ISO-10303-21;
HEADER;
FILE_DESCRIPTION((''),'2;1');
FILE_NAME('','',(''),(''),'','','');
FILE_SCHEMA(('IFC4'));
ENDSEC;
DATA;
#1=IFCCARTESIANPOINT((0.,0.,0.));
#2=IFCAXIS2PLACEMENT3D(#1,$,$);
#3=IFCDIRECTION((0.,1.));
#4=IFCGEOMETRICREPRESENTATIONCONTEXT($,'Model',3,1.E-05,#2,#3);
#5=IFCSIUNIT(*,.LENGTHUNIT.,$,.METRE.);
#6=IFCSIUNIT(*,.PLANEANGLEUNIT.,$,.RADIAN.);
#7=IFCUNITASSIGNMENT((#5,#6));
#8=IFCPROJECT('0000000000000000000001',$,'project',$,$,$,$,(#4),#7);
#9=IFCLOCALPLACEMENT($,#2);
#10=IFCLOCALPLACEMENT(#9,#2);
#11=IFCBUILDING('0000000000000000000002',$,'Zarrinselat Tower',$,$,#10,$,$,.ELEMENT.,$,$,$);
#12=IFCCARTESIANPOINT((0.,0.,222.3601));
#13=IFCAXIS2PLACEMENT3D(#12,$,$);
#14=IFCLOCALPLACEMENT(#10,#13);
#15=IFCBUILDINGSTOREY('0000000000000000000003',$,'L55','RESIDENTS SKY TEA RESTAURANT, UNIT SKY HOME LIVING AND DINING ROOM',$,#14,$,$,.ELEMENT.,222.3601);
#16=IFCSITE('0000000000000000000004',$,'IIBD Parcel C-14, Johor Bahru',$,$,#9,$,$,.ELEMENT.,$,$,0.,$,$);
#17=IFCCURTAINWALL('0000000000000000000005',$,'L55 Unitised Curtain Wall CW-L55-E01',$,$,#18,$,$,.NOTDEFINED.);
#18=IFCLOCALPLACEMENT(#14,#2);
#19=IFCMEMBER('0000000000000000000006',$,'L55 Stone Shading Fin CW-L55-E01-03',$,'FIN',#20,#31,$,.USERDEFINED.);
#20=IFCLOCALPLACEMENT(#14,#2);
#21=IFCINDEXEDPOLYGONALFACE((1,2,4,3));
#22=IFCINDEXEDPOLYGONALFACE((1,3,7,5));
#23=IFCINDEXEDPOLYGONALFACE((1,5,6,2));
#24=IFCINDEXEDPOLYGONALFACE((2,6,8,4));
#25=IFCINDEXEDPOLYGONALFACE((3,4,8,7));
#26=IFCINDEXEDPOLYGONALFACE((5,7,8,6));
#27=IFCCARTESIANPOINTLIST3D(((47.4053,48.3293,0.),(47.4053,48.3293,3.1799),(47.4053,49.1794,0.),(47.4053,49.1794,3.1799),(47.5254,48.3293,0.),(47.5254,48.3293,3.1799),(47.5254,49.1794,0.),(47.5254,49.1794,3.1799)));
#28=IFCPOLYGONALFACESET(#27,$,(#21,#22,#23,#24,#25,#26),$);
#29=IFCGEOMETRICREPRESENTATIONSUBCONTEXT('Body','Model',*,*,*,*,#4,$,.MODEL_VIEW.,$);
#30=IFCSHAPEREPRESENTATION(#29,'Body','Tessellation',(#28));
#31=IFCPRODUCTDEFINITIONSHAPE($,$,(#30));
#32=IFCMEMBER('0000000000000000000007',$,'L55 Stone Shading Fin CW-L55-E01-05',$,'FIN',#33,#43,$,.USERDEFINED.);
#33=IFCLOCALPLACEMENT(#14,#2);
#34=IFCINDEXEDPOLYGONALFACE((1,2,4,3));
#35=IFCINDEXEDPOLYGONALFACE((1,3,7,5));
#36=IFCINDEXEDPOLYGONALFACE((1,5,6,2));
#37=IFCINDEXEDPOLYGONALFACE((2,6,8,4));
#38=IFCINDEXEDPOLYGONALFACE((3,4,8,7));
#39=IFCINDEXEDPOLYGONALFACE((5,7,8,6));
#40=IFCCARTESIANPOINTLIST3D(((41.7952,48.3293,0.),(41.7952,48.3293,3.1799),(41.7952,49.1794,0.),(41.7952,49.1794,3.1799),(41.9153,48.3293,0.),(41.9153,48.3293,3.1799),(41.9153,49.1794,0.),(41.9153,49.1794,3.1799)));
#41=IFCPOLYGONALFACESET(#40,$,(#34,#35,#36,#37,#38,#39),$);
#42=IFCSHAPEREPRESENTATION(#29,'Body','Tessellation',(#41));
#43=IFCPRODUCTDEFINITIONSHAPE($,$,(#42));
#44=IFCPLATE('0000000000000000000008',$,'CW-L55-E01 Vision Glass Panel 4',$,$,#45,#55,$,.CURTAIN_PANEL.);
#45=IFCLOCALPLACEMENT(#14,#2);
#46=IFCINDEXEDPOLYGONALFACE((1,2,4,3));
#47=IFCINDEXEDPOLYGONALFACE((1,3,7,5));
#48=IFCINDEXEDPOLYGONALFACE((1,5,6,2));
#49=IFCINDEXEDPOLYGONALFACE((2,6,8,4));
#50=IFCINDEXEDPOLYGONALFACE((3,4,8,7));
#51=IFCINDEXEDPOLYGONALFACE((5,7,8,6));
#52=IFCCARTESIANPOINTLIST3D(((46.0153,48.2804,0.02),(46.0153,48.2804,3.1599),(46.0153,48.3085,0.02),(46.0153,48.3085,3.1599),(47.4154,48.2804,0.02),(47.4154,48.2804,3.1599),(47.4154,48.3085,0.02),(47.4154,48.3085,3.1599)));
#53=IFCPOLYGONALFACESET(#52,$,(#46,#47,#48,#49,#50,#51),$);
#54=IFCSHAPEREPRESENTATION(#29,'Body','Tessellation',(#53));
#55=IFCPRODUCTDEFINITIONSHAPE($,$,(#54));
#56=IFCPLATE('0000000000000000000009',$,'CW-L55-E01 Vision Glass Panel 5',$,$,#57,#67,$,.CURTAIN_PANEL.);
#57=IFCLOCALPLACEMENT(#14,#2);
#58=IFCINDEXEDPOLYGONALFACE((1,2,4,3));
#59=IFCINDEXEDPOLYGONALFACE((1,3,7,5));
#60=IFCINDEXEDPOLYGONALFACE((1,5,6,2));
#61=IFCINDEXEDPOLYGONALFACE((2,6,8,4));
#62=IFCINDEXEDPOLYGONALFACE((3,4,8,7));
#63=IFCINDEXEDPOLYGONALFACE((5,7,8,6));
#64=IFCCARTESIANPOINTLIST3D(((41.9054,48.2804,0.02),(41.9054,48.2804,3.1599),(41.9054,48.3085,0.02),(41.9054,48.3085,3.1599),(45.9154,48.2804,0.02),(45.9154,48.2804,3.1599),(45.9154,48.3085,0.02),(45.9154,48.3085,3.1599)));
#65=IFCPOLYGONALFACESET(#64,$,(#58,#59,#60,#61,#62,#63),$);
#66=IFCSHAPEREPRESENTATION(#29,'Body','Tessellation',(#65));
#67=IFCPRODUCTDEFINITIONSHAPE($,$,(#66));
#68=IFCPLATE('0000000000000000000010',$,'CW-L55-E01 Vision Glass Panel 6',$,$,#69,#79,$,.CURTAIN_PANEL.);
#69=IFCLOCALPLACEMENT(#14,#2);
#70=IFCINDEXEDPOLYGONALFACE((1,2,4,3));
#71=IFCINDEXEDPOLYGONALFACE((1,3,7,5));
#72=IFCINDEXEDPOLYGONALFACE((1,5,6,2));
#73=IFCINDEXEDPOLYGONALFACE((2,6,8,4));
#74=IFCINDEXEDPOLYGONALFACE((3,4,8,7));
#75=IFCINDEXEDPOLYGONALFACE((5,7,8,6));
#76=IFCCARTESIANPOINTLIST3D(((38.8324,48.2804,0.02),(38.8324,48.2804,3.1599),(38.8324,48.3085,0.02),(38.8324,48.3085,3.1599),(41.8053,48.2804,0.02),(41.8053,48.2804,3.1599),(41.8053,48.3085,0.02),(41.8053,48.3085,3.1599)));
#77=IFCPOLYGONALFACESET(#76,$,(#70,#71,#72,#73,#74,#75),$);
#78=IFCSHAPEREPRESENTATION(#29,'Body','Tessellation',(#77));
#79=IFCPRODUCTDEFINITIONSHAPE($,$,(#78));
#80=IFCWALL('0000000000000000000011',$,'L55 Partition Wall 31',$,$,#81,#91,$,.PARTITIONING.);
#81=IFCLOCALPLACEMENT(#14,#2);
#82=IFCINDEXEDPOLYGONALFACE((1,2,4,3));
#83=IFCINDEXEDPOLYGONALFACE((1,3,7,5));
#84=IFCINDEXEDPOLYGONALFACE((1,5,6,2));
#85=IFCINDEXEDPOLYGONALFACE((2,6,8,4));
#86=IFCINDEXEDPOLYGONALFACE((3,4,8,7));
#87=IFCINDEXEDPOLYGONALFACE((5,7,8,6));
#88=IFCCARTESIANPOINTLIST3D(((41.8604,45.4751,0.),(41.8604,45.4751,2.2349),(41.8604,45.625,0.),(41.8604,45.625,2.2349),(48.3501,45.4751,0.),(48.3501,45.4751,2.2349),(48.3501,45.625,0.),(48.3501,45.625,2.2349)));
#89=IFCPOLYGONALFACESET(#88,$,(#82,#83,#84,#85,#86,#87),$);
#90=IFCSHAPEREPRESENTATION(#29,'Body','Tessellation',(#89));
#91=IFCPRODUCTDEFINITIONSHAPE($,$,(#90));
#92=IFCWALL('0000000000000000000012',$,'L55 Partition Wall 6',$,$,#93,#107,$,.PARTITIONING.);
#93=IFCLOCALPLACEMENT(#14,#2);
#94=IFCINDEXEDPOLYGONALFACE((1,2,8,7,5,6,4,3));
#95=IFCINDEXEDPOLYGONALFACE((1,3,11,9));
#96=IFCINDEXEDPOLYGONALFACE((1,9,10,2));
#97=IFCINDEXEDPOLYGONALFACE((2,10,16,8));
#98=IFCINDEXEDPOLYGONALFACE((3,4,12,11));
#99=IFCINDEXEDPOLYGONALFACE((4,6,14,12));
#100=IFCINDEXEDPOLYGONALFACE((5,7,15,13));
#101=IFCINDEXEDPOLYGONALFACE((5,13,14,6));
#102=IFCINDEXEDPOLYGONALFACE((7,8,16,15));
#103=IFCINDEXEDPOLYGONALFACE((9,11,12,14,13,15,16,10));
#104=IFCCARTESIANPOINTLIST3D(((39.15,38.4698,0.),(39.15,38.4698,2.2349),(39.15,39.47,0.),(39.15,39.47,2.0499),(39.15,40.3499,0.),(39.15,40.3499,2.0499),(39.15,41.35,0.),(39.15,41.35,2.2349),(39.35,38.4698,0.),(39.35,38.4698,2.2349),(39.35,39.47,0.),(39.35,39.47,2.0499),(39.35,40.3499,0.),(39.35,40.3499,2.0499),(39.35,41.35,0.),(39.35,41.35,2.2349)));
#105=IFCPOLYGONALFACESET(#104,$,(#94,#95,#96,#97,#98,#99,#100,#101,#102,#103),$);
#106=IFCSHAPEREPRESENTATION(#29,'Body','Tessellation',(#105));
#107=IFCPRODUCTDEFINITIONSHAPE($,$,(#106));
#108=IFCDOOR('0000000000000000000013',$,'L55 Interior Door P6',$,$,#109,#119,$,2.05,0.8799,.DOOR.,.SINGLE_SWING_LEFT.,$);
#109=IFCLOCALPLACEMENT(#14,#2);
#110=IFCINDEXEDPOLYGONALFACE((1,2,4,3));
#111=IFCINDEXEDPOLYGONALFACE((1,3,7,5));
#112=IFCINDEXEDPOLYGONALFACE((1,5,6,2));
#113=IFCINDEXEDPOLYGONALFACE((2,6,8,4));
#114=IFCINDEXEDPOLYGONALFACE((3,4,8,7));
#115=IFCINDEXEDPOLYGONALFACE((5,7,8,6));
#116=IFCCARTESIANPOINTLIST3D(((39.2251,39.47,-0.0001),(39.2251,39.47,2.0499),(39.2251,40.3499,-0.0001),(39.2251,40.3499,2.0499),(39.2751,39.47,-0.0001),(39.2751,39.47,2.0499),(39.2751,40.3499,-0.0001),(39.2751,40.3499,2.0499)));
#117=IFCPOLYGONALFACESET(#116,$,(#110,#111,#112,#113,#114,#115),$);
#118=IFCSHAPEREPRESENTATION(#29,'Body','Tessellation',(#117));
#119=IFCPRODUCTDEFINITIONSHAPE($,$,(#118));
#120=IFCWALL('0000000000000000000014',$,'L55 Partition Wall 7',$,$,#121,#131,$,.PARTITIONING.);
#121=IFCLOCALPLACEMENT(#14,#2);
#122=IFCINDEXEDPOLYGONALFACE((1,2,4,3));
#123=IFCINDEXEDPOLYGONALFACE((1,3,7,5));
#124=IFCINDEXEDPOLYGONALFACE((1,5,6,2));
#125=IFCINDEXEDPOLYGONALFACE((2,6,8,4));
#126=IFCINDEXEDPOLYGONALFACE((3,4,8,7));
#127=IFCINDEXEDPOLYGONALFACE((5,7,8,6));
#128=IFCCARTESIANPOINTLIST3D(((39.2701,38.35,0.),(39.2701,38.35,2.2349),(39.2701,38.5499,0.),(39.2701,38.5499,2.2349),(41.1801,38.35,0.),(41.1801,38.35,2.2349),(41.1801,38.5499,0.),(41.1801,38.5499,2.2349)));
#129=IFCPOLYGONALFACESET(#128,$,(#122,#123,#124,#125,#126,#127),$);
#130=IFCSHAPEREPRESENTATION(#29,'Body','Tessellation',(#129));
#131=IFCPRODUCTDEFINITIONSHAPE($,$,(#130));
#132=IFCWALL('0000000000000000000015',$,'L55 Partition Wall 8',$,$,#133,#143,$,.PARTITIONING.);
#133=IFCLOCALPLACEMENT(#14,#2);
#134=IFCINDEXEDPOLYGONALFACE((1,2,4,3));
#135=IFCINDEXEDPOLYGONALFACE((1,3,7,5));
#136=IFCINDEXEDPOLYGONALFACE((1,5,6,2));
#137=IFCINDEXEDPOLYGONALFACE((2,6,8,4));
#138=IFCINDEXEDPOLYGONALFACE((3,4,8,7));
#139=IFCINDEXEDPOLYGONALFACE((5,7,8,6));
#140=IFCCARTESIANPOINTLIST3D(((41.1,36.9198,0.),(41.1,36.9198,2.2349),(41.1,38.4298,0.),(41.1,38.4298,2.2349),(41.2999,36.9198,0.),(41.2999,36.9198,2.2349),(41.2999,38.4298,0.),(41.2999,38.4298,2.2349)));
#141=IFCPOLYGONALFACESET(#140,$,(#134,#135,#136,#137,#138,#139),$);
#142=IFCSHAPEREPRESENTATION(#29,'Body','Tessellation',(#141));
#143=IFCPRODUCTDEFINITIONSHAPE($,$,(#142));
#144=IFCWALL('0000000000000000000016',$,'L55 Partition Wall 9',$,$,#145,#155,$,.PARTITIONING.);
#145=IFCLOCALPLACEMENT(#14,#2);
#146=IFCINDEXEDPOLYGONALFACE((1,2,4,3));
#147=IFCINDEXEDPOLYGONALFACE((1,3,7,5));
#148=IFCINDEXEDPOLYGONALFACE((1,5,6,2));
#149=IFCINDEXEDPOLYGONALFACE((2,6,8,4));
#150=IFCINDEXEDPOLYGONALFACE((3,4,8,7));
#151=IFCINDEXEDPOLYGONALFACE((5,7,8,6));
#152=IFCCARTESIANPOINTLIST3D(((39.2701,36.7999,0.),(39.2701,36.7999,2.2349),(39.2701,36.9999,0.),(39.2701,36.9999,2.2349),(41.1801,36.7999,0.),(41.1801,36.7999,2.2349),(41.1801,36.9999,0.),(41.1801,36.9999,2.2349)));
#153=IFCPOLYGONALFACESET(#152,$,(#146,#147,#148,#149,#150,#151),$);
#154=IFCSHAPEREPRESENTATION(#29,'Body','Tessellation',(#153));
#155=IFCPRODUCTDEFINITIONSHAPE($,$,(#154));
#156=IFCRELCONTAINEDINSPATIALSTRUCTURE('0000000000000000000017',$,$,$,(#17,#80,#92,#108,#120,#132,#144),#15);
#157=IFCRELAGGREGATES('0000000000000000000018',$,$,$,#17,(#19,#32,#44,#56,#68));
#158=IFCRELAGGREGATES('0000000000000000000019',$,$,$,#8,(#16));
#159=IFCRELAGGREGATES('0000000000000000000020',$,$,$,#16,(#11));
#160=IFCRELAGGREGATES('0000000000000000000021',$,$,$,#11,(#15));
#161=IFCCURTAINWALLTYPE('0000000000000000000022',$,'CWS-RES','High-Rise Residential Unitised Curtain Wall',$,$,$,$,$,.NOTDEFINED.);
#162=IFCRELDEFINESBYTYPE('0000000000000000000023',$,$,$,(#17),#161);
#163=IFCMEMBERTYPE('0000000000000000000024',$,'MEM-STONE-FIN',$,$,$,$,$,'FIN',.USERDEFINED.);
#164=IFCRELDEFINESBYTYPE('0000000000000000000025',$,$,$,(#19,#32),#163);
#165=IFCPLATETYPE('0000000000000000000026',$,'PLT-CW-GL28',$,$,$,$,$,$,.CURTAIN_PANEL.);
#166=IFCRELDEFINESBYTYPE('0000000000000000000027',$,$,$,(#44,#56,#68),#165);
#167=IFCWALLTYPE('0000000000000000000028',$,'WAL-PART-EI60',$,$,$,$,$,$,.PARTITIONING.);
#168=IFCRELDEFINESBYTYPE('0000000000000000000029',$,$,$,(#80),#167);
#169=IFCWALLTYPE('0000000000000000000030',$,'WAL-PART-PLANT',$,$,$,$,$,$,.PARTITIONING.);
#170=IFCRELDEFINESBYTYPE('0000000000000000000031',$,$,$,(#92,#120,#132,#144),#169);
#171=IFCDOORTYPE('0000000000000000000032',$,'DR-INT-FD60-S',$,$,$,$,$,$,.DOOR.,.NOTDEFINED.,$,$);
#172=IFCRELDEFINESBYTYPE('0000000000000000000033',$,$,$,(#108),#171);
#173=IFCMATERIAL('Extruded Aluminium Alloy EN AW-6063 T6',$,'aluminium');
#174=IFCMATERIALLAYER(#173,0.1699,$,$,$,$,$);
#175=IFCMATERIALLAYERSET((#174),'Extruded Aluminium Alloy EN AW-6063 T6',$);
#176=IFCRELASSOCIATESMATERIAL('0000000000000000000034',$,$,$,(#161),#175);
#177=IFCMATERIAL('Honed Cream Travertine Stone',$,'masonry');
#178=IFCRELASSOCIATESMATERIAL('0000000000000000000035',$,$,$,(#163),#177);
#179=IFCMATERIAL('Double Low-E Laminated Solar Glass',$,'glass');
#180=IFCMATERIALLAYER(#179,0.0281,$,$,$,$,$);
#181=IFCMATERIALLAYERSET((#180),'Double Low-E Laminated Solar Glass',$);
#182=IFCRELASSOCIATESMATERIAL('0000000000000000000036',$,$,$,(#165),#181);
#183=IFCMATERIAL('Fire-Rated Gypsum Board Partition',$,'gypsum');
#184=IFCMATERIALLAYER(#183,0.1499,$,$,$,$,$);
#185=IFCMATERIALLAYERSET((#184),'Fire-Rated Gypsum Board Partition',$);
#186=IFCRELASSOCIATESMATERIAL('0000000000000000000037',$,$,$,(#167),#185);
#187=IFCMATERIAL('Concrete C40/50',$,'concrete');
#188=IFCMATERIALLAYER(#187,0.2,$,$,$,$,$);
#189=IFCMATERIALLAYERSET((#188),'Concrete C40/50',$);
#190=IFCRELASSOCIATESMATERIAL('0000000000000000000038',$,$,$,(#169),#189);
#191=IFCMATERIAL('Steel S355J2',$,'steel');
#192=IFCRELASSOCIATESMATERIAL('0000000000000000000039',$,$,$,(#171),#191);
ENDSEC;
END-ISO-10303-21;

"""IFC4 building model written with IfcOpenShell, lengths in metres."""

from ifc_helpers import new_model, si_unit, direction, frame, frame_2d, origin, origin_2d, place, context, subcontext, project, spatial, rectangle, extrude, material, layer, layer_set, material_profile, profile_set, type_object, element, fill, aggregate, save


model = new_model("IFC4")

# Units and contexts
model_context = context("Model", 3, precision=1e-05, world=origin(), true_north=direction((0.0, 1.0)))
body_context = subcontext(model_context, "Body", "Model", "MODEL_VIEW")
ifc_project = project(units=[si_unit("LENGTHUNIT", "METRE"), si_unit("PLANEANGLEUNIT", "RADIAN")], contexts=[model_context])

# Site, building, storey
site_placement = place(None, origin())
site = spatial("IfcSite", under=ifc_project, at=site_placement, Name="IIBD Parcel C-14, Johor Bahru", CompositionType="ELEMENT", RefElevation=0.0)
building_placement = place(site_placement, origin())
building = spatial("IfcBuilding", under=site, at=building_placement, Name="Zarrinselat Tower", CompositionType="ELEMENT")
storey_placement = place(building_placement, frame((0.0, 0.0, 222.3601)))
storey = spatial("IfcBuildingStorey", under=building, at=storey_placement, Name="L55", Description="RESIDENTS SKY TEA RESTAURANT, UNIT SKY HOME LIVING AND DINING ROOM", CompositionType="ELEMENT", Elevation=222.3601)

# Curtain wall, members, plates
ifc_material_1 = material(Name="Extruded Aluminium Alloy EN AW-6063 T6", Category="aluminium")
ifc_layer_1 = layer(ifc_material_1, 0.1699)
ifc_layer_set_1 = layer_set([ifc_layer_1], Name="Extruded Aluminium Alloy EN AW-6063 T6")
curtain_wall_type = type_object("IfcCurtainWallType", Name="CWS-RES", Description="High-Rise Residential Unitised Curtain Wall", PredefinedType="NOTDEFINED", material=ifc_layer_set_1)
curtain_wall_placement = place(storey_placement, origin())
curtain_wall = element("IfcCurtainWall", 1, at=curtain_wall_placement, inside=storey, type_object=curtain_wall_type, Name="L55 Unitised Curtain Wall CW-L55-E01", PredefinedType="NOTDEFINED")
ifc_material_2 = material(Name="Honed Cream Travertine Stone", Category="masonry")
ifc_material_profile_1 = material_profile(ifc_material_2, rectangle(XDim=0.1201, YDim=0.8501, at=origin_2d()), Name="FIN 850x120")
ifc_profile_set_1 = profile_set([ifc_material_profile_1], Name="Honed Cream Travertine Stone")
member_type_1 = type_object("IfcMemberType", Name="MEM-STONE-FIN", ElementType="FIN", PredefinedType="USERDEFINED", material=ifc_profile_set_1)
member_1_placement = place(storey_placement, frame((47.4653, 48.7544, 0.0), z_axis=(0.0, 0.0, 1.0), x_axis=(1.0, 0.0, 0.0)))
member_1 = element("IfcMember", 2, at=member_1_placement, type_object=member_type_1, Name="L55 Stone Shading Fin CW-L55-E01-03", ObjectType="FIN", PredefinedType="USERDEFINED", context=body_context, shape_type="SweptSolid", body=[
    extrude(rectangle(XDim=0.1201, YDim=0.8501, at=origin_2d()), origin(), (0.0, 0.0, 1.0), 3.1799),
])
member_2_placement = place(storey_placement, frame((41.8552, 48.7544, 0.0), z_axis=(0.0, 0.0, 1.0), x_axis=(1.0, 0.0, 0.0)))
member_2 = element("IfcMember", 3, at=member_2_placement, type_object=member_type_1, Name="L55 Stone Shading Fin CW-L55-E01-05", ObjectType="FIN", PredefinedType="USERDEFINED", context=body_context, shape_type="SweptSolid", body=[
    extrude(rectangle(XDim=0.1201, YDim=0.8501, at=origin_2d()), origin(), (0.0, 0.0, 1.0), 3.1799),
])
ifc_material_3 = material(Name="Double Low-E Laminated Solar Glass", Category="glass")
ifc_layer_2 = layer(ifc_material_3, 0.0281)
ifc_layer_set_2 = layer_set([ifc_layer_2], Name="Double Low-E Laminated Solar Glass")
plate_type = type_object("IfcPlateType", Name="PLT-CW-GL28", PredefinedType="CURTAIN_PANEL", material=ifc_layer_set_2)
plate_1_placement = place(storey_placement, frame((46.7153, 48.2944, 0.02), z_axis=(0.0, 0.0, 1.0), x_axis=(-1.0, 0.0, 0.0)))
plate_1 = element("IfcPlate", 4, at=plate_1_placement, type_object=plate_type, Name="CW-L55-E01 Vision Glass Panel 4", PredefinedType="CURTAIN_PANEL", context=body_context, shape_type="SweptSolid", body=[
    extrude(rectangle(XDim=1.4001, YDim=0.0281, at=origin_2d()), origin(), (0.0, 0.0, 1.0), 3.1399),
])
plate_2_placement = place(storey_placement, frame((43.9104, 48.2944, 0.02), z_axis=(0.0, 0.0, 1.0), x_axis=(-1.0, 0.0, 0.0)))
plate_2 = element("IfcPlate", 5, at=plate_2_placement, type_object=plate_type, Name="CW-L55-E01 Vision Glass Panel 5", PredefinedType="CURTAIN_PANEL", context=body_context, shape_type="SweptSolid", body=[
    extrude(rectangle(XDim=4.01, YDim=0.0281, at=origin_2d()), origin(), (0.0, 0.0, 1.0), 3.1399),
])
plate_3_placement = place(storey_placement, frame((40.3188, 48.2944, 0.02), z_axis=(0.0, 0.0, 1.0), x_axis=(-1.0, 0.0, 0.0)))
plate_3 = element("IfcPlate", 6, at=plate_3_placement, type_object=plate_type, Name="CW-L55-E01 Vision Glass Panel 6", PredefinedType="CURTAIN_PANEL", context=body_context, shape_type="SweptSolid", body=[
    extrude(rectangle(XDim=2.9729, YDim=0.0281, at=origin_2d()), origin(), (0.0, 0.0, 1.0), 3.1399),
])
aggregate(curtain_wall, [member_1, member_2, plate_1, plate_2, plate_3])

# Wall
ifc_material_4 = material(Name="Fire-Rated Gypsum Board Partition", Category="gypsum")
ifc_layer_3 = layer(ifc_material_4, 0.1499)
ifc_layer_set_3 = layer_set([ifc_layer_3], Name="Fire-Rated Gypsum Board Partition")
wall_type_1 = type_object("IfcWallType", Name="WAL-PART-EI60", PredefinedType="PARTITIONING", material=ifc_layer_set_3)
wall_1_placement = place(storey_placement, frame((41.8604, 45.55, 0.0), z_axis=(0.0, 0.0, 1.0), x_axis=(1.0, 0.0, 0.0)))
element("IfcWall", 7, at=wall_1_placement, inside=storey, type_object=wall_type_1, Name="L55 Partition Wall 31", PredefinedType="PARTITIONING", context=body_context, shape_type="SweptSolid", body=[
    extrude(rectangle(XDim=6.4897, YDim=0.1499, at=frame_2d((3.2449, 0.0))), origin(), (0.0, 0.0, 1.0), 2.2349),
])

# Wall, opening, door
ifc_material_5 = material(Name="Concrete C40/50", Category="concrete")
ifc_layer_4 = layer(ifc_material_5, 0.2)
ifc_layer_set_4 = layer_set([ifc_layer_4], Name="Concrete C40/50")
wall_type_2 = type_object("IfcWallType", Name="WAL-PART-PLANT", PredefinedType="PARTITIONING", material=ifc_layer_set_4)
wall_2_placement = place(storey_placement, frame((39.25, 38.47, 0.0), z_axis=(0.0, 0.0, 1.0), x_axis=(0.0, 1.0, 0.0)))
wall_2 = element("IfcWall", 8, at=wall_2_placement, inside=storey, type_object=wall_type_2, Name="L55 Partition Wall 6", PredefinedType="PARTITIONING", context=body_context, shape_type="SweptSolid", body=[
    extrude(rectangle(XDim=2.8801, YDim=0.2, at=frame_2d((1.4399, 0.0))), origin(), (0.0, 0.0, 1.0), 2.2349),
])
opening_1_placement = place(wall_2_placement, frame((1.0, 0.0, 0.0)))
opening_1 = element("IfcOpeningElement", 9, at=opening_1_placement, cuts=wall_2, PredefinedType="OPENING", context=body_context, shape_type="SweptSolid", body=[
    extrude(rectangle(XDim=0.8799, YDim=2.05, at=frame_2d((0.4399, 1.0249))), frame((0.0, 0.1099, 0.0), z_axis=(0.0, -1.0, 0.0), x_axis=(1.0, 0.0, 0.0)), (0.0, 0.0, 1.0), 0.22),
])
ifc_material_6 = material(Name="Steel S355J2", Category="steel")
door_type_1 = type_object("IfcDoorType", Name="DR-INT-FD60-S", OperationType="NOTDEFINED", PredefinedType="DOOR", material=ifc_material_6)
door_1_placement = place(opening_1_placement, origin())
door_1 = element("IfcDoor", 10, at=door_1_placement, inside=storey, type_object=door_type_1, Name="L55 Interior Door P6", OperationType="SINGLE_SWING_LEFT", OverallHeight=2.05, OverallWidth=0.8799, PredefinedType="DOOR", context=body_context, shape_type="SweptSolid", body=[
    extrude(rectangle(XDim=0.8799, YDim=2.05, at=frame_2d((0.4399, 1.0249))), frame((0.0, 0.0249, 0.0), z_axis=(0.0, -1.0, 0.0), x_axis=(1.0, 0.0, 0.0)), (0.0, 0.0, 1.0), 0.05),
])
fill(opening_1, door_1)

# Walls
wall_3_placement = place(storey_placement, frame((39.27, 38.45, 0.0), z_axis=(0.0, 0.0, 1.0), x_axis=(1.0, 0.0, 0.0)))
element("IfcWall", 11, at=wall_3_placement, inside=storey, type_object=wall_type_2, Name="L55 Partition Wall 7", PredefinedType="PARTITIONING", context=body_context, shape_type="SweptSolid", body=[
    extrude(rectangle(XDim=1.9099, YDim=0.2, at=frame_2d((0.9551, 0.0))), origin(), (0.0, 0.0, 1.0), 2.2349),
])
wall_4_placement = place(storey_placement, frame((41.2, 36.9199, 0.0), z_axis=(0.0, 0.0, 1.0), x_axis=(0.0, 1.0, 0.0)))
element("IfcWall", 12, at=wall_4_placement, inside=storey, type_object=wall_type_2, Name="L55 Partition Wall 8", PredefinedType="PARTITIONING", context=body_context, shape_type="SweptSolid", body=[
    extrude(rectangle(XDim=1.51, YDim=0.2, at=frame_2d((0.7549, 0.0))), origin(), (0.0, 0.0, 1.0), 2.2349),
])
wall_5_placement = place(storey_placement, frame((39.27, 36.8999, 0.0), z_axis=(0.0, 0.0, 1.0), x_axis=(1.0, 0.0, 0.0)))
element("IfcWall", 13, at=wall_5_placement, inside=storey, type_object=wall_type_2, Name="L55 Partition Wall 9", PredefinedType="PARTITIONING", context=body_context, shape_type="SweptSolid", body=[
    extrude(rectangle(XDim=1.9099, YDim=0.2, at=frame_2d((0.9551, 0.0))), origin(), (0.0, 0.0, 1.0), 2.2349),
])

save(model, "model.ifc")
